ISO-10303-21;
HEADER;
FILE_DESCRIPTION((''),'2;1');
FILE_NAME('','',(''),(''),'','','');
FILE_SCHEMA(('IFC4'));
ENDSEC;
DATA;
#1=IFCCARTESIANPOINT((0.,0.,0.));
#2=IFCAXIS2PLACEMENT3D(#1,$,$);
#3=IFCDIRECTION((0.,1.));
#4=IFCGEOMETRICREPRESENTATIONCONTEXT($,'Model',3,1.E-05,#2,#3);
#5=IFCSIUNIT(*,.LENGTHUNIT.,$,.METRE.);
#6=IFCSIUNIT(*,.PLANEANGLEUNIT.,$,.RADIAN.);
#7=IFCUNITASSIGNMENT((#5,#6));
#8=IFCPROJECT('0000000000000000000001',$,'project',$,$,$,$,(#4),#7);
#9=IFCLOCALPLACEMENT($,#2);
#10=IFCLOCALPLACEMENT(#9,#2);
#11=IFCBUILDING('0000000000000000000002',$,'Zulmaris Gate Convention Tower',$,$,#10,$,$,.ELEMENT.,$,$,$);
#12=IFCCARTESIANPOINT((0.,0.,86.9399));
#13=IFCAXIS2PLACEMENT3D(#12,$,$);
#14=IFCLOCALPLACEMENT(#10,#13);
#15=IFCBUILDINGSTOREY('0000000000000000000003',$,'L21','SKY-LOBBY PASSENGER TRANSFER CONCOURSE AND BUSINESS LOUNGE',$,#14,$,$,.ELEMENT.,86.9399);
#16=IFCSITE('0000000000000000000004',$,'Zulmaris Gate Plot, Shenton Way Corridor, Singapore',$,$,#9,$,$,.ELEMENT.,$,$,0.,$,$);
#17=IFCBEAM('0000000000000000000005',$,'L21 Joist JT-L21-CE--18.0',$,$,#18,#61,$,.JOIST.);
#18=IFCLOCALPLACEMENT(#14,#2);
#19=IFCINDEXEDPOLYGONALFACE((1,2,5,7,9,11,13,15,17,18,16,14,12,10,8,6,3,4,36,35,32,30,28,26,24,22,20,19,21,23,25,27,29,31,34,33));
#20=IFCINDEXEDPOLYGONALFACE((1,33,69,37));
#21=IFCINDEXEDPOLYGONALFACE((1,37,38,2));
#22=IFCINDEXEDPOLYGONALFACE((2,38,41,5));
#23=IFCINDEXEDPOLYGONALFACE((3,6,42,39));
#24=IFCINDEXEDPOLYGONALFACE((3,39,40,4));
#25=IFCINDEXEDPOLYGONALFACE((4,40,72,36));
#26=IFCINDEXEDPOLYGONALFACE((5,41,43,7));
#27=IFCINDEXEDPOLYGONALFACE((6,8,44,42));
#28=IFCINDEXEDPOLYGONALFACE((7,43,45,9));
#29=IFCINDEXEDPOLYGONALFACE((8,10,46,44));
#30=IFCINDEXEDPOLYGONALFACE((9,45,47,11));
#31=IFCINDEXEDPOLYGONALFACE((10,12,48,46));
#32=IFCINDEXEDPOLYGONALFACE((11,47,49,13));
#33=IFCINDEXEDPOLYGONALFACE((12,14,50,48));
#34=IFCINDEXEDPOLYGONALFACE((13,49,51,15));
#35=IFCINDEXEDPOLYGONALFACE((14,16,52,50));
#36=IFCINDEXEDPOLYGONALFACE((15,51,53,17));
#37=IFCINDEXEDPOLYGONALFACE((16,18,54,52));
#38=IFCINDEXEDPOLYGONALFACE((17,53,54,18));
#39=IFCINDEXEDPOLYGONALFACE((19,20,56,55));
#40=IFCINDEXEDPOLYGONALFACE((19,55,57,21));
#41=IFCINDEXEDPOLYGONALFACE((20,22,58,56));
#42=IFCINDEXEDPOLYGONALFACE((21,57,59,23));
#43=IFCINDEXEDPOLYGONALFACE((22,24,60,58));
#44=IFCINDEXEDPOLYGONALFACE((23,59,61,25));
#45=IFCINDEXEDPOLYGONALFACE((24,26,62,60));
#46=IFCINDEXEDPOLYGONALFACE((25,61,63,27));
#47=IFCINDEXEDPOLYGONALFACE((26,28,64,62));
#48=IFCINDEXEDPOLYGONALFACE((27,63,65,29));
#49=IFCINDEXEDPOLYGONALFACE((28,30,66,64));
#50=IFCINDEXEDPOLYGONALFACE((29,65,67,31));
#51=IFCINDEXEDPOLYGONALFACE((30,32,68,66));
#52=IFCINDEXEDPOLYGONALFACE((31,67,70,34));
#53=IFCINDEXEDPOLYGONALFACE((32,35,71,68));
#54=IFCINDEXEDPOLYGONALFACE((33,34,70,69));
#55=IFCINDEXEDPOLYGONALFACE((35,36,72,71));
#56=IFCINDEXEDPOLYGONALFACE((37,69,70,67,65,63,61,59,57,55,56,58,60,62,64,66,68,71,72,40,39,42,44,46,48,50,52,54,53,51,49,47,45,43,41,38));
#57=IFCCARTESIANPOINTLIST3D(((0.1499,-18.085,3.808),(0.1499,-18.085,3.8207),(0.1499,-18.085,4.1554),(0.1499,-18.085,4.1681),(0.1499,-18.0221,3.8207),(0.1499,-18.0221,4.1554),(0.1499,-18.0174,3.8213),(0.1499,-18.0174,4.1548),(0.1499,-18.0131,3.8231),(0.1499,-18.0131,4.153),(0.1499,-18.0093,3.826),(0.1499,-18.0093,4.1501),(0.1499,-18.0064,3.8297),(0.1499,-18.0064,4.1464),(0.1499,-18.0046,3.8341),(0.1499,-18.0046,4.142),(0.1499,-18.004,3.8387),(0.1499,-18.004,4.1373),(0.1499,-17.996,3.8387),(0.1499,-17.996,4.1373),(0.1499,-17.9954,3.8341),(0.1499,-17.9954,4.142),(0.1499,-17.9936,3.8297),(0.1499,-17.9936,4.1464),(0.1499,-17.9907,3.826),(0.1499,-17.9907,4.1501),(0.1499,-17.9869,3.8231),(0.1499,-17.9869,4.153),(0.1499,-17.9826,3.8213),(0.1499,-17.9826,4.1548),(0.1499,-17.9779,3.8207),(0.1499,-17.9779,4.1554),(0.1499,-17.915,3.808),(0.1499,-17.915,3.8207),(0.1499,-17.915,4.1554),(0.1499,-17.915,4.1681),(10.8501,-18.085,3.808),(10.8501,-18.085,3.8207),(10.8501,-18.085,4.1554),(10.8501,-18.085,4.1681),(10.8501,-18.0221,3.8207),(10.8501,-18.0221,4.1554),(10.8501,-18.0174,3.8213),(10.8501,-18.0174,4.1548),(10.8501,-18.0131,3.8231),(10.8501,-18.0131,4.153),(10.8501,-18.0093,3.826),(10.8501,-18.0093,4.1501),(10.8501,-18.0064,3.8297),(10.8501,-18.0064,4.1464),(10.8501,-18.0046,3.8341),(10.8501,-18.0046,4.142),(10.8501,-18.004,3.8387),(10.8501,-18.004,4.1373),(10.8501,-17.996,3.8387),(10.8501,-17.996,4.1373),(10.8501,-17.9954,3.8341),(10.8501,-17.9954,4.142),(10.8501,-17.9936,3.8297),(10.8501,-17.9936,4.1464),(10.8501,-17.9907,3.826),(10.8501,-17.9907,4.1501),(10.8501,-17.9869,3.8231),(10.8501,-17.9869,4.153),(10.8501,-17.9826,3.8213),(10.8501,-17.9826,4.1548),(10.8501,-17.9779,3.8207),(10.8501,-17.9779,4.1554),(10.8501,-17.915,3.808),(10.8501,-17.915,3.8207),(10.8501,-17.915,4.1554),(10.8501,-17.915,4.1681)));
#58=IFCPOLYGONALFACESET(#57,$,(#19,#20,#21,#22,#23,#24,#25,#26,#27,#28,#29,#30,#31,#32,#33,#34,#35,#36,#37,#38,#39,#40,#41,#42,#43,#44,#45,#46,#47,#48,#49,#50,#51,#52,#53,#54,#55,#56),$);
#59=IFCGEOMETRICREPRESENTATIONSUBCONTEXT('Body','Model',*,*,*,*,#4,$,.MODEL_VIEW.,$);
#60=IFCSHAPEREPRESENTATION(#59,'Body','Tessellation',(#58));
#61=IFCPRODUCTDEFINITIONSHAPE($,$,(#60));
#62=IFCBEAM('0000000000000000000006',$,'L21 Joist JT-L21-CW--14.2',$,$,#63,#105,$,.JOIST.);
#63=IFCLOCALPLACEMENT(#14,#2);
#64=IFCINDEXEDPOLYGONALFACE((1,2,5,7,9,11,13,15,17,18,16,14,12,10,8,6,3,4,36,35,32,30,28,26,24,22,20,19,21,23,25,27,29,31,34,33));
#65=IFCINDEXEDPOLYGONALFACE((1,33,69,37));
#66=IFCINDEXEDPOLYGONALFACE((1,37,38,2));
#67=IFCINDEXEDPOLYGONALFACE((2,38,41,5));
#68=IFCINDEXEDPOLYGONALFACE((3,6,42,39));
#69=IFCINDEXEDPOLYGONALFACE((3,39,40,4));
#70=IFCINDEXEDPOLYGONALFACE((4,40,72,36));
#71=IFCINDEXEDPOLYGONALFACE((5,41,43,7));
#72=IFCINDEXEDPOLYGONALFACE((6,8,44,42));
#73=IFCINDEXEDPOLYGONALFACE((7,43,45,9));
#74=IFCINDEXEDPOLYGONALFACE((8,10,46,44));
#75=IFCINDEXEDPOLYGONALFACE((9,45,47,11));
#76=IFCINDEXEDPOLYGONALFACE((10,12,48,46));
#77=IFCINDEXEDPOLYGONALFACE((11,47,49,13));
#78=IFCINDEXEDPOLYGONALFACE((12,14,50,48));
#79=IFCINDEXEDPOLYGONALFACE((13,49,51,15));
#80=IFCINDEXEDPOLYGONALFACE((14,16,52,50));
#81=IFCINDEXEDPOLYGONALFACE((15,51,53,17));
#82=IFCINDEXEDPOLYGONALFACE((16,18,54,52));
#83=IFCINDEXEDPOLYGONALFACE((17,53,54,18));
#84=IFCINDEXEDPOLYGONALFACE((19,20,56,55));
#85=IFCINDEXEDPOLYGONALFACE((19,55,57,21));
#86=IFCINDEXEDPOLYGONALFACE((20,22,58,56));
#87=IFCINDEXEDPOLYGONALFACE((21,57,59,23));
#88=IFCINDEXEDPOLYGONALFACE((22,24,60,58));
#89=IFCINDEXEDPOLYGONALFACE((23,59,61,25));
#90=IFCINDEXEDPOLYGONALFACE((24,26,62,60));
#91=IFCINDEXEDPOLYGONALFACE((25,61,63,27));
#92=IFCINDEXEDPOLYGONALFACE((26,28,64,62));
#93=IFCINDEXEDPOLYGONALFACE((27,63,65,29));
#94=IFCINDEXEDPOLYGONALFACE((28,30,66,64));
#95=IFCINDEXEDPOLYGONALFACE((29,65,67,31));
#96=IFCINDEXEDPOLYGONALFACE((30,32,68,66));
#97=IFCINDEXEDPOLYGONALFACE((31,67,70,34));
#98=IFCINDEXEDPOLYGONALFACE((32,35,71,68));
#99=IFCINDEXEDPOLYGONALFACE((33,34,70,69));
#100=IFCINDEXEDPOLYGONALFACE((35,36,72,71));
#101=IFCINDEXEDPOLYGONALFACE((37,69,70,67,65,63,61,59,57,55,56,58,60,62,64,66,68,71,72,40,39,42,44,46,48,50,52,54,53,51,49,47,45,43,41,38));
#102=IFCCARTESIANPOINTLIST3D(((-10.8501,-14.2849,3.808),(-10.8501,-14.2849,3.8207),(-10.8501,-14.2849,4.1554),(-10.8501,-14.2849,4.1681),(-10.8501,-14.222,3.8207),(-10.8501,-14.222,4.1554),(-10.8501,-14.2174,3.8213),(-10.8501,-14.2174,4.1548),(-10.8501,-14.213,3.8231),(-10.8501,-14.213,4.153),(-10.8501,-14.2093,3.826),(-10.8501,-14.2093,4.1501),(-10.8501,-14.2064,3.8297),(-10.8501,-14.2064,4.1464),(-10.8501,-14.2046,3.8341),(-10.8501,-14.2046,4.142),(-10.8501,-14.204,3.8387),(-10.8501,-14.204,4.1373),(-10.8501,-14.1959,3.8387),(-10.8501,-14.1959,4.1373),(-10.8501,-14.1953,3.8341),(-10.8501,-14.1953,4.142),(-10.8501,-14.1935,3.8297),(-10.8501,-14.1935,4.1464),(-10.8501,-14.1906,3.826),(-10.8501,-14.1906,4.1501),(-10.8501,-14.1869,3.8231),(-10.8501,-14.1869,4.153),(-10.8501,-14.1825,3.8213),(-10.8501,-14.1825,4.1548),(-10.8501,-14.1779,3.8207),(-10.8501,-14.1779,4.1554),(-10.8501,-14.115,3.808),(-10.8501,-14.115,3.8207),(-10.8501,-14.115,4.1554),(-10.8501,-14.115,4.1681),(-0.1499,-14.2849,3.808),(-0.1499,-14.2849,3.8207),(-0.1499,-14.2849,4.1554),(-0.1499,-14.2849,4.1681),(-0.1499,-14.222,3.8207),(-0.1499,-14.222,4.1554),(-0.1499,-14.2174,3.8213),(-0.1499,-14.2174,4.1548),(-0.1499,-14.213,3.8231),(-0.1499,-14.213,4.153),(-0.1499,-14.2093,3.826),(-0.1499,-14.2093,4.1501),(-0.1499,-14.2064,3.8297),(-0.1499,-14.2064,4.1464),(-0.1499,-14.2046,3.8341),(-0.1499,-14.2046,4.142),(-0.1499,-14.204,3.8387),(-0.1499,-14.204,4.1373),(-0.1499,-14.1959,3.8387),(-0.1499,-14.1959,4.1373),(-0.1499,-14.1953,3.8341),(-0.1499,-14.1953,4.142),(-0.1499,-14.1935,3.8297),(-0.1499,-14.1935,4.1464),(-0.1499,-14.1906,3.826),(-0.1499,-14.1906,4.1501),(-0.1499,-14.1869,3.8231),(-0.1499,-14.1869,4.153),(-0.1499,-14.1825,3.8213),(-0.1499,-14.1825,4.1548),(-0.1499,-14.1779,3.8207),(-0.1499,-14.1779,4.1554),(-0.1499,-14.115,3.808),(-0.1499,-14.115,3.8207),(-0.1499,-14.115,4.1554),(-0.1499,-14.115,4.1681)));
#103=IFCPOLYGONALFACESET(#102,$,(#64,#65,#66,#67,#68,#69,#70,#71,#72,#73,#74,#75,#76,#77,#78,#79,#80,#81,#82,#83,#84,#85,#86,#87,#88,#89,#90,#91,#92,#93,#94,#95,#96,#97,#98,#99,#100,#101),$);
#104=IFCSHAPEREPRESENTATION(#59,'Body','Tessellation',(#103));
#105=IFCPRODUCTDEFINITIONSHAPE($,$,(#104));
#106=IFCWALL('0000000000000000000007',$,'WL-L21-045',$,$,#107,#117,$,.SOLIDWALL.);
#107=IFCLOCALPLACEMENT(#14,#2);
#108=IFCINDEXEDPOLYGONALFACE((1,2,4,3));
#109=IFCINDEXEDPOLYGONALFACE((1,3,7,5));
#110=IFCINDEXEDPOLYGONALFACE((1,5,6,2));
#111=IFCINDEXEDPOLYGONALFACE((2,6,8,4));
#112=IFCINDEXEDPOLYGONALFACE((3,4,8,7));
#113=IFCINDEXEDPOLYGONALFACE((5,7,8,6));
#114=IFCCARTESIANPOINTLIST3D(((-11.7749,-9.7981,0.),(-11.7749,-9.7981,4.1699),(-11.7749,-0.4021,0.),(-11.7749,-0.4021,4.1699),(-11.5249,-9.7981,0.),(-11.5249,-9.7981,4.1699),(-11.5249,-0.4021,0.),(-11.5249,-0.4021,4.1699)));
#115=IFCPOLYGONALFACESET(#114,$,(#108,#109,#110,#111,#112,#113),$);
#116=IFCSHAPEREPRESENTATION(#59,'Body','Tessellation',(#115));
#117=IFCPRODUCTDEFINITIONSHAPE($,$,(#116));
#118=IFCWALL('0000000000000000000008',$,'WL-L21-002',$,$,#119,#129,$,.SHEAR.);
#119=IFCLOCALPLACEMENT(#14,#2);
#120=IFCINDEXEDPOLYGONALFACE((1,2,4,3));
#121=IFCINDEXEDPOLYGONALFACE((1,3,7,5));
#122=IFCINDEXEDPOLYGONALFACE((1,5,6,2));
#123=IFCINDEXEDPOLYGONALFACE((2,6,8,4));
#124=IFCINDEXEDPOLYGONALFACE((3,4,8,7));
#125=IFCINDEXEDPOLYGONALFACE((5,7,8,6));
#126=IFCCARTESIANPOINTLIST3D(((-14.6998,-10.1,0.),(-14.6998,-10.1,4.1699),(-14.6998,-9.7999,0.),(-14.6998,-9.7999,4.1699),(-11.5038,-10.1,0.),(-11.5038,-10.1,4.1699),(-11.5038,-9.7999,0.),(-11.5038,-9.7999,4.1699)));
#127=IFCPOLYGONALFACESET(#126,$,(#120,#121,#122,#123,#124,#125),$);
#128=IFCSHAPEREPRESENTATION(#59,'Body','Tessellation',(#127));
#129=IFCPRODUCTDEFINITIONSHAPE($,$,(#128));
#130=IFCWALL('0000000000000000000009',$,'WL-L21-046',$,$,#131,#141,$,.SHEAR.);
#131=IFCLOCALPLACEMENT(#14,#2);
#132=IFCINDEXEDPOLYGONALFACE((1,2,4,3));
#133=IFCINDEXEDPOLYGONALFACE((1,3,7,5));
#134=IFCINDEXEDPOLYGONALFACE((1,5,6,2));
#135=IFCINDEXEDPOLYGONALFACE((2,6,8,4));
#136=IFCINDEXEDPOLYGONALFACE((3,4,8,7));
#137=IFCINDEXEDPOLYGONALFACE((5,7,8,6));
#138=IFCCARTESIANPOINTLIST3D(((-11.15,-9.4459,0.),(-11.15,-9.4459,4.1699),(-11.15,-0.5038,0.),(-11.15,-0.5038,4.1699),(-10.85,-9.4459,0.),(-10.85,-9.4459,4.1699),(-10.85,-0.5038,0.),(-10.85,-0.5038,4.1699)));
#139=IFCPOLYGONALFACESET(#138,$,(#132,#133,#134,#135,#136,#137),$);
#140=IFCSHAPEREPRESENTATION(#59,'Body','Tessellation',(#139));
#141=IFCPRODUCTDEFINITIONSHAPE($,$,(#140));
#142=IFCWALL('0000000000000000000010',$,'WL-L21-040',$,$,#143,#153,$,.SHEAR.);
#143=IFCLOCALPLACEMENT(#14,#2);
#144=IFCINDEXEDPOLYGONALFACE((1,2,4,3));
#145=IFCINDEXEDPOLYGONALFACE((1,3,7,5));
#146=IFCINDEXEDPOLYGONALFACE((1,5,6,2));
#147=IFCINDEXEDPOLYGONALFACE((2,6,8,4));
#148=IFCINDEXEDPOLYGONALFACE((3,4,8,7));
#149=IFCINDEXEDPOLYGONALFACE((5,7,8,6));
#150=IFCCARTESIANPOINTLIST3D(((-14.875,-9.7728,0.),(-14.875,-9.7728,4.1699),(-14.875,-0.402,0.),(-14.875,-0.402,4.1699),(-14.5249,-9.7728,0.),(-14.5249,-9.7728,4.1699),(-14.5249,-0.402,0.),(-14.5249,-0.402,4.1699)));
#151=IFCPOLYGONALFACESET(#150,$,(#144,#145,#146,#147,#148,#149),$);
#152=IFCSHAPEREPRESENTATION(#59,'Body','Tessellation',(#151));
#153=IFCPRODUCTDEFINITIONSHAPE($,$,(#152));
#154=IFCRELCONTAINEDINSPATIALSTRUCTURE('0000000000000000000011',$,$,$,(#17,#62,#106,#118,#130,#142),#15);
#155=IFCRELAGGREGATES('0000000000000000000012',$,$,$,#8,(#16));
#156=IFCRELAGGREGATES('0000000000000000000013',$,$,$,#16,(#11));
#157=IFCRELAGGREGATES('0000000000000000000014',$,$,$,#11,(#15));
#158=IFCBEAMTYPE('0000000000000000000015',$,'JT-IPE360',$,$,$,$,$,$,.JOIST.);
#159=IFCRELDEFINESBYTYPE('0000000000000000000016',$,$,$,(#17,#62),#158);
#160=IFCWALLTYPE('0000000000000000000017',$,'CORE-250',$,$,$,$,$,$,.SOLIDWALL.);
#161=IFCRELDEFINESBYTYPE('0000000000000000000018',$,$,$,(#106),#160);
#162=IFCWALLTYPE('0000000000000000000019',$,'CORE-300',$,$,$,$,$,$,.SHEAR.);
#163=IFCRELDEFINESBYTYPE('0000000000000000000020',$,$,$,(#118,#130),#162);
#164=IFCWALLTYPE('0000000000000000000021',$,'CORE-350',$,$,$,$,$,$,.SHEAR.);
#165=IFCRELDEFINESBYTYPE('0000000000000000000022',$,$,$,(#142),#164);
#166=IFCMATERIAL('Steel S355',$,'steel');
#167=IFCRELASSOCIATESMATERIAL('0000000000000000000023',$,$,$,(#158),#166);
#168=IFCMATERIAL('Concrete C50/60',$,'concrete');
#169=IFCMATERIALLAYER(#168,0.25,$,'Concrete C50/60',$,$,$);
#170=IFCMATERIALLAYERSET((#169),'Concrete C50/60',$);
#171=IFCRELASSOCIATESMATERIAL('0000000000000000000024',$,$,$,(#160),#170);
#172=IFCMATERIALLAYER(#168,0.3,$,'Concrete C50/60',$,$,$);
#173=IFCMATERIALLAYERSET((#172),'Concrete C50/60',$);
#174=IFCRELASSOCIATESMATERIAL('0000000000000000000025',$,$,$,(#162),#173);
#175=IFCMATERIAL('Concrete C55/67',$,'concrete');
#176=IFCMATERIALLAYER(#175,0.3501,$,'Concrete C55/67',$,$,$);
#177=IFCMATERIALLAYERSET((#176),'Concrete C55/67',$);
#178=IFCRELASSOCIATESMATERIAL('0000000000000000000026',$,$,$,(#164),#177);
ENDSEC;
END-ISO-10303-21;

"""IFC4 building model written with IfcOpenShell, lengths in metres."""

from ifc_helpers import new_model, si_unit, direction, frame, frame_2d, origin, origin_2d, place, context, subcontext, project, spatial, rectangle, i_section, extrude, material, layer, layer_set, material_profile, profile_set, type_object, element, save


model = new_model("IFC4")

# Units and contexts
model_context = context("Model", 3, precision=1e-05, world=origin(), true_north=direction((0.0, 1.0)))
body_context = subcontext(model_context, "Body", "Model", "MODEL_VIEW")
ifc_project = project(units=[si_unit("LENGTHUNIT", "METRE"), si_unit("PLANEANGLEUNIT", "RADIAN")], contexts=[model_context])

# Site, building, storey
site_placement = place(None, origin())
site = spatial("IfcSite", under=ifc_project, at=site_placement, Name="Zulmaris Gate Plot, Shenton Way Corridor, Singapore", CompositionType="ELEMENT", RefElevation=0.0)
building_placement = place(site_placement, origin())
building = spatial("IfcBuilding", under=site, at=building_placement, Name="Zulmaris Gate Convention Tower", CompositionType="ELEMENT")
storey_placement = place(building_placement, frame((0.0, 0.0, 86.9399)))
storey = spatial("IfcBuildingStorey", under=building, at=storey_placement, Name="L21", Description="SKY-LOBBY PASSENGER TRANSFER CONCOURSE AND BUSINESS LOUNGE", CompositionType="ELEMENT", Elevation=86.9399)

# Beams
ifc_material_1 = material(Name="Steel S355", Category="steel")
ifc_material_profile_1 = material_profile(ifc_material_1, i_section(OverallWidth=0.1699, OverallDepth=0.3601, WebThickness=0.0081, FlangeThickness=0.0127, FilletRadius=0.0181, at=origin_2d()), Name="IPE 360")
ifc_profile_set_1 = profile_set([ifc_material_profile_1], Name="Steel S355")
beam_type_1 = type_object("IfcBeamType", Name="JT-IPE360", PredefinedType="JOIST", material=ifc_profile_set_1)
for number, where, z_axis, x_axis, name in (
    (1, (0.1499, -18.0, 3.988), (1.0, 0.0, 0.0), (0.0, 1.0, 0.0), "L21 Joist JT-L21-CE--18.0"),
    (2, (-10.8501, -14.2, 3.988), (1.0, 0.0, 0.0), (0.0, 1.0, 0.0), "L21 Joist JT-L21-CW--14.2"),
):
    element("IfcBeam", number, at=place(storey_placement, frame(where, z_axis=z_axis, x_axis=x_axis)), inside=storey, type_object=beam_type_1, Name=name, PredefinedType="JOIST", context=body_context, shape_type="SweptSolid", body=[
        extrude(i_section(OverallWidth=0.1699, OverallDepth=0.3601, WebThickness=0.0081, FlangeThickness=0.0127, FilletRadius=0.0181, at=origin_2d()), origin(), (0.0, 0.0, 1.0), 10.7002),
    ])

# Walls
ifc_material_2 = material(Name="Concrete C50/60", Category="concrete")
ifc_layer_1 = layer(ifc_material_2, 0.25, Name="Concrete C50/60")
ifc_layer_set_1 = layer_set([ifc_layer_1], Name="Concrete C50/60")
wall_type_1 = type_object("IfcWallType", Name="CORE-250", PredefinedType="SOLIDWALL", material=ifc_layer_set_1)
wall_1_placement = place(storey_placement, frame((-11.6499, -9.7981, 0.0), z_axis=(0.0, 0.0, 1.0), x_axis=(0.0, 1.0, 0.0)))
element("IfcWall", 3, at=wall_1_placement, inside=storey, type_object=wall_type_1, Name="WL-L21-045", PredefinedType="SOLIDWALL", context=body_context, shape_type="SweptSolid", body=[
    extrude(rectangle(XDim=9.396, YDim=0.25, at=frame_2d((4.698, 0.0))), origin(), (0.0, 0.0, 1.0), 4.1699),
])
ifc_layer_2 = layer(ifc_material_2, 0.3, Name="Concrete C50/60")
ifc_layer_set_2 = layer_set([ifc_layer_2], Name="Concrete C50/60")
wall_type_2 = type_object("IfcWallType", Name="CORE-300", PredefinedType="SHEAR", material=ifc_layer_set_2)
wall_2_placement = place(storey_placement, frame((-14.7, -9.95, 0.0), z_axis=(0.0, 0.0, 1.0), x_axis=(1.0, 0.0, 0.0)))
element("IfcWall", 4, at=wall_2_placement, inside=storey, type_object=wall_type_2, Name="WL-L21-002", PredefinedType="SHEAR", context=body_context, shape_type="SweptSolid", body=[
    extrude(rectangle(XDim=3.196, YDim=0.3, at=frame_2d((1.5981, 0.0))), origin(), (0.0, 0.0, 1.0), 4.1699),
])
wall_3_placement = place(storey_placement, frame((-11.0, -9.446, 0.0), z_axis=(0.0, 0.0, 1.0), x_axis=(0.0, 1.0, 0.0)))
element("IfcWall", 5, at=wall_3_placement, inside=storey, type_object=wall_type_2, Name="WL-L21-046", PredefinedType="SHEAR", context=body_context, shape_type="SweptSolid", body=[
    extrude(rectangle(XDim=8.9421, YDim=0.3, at=frame_2d((4.4712, 0.0))), origin(), (0.0, 0.0, 1.0), 4.1699),
])
ifc_material_3 = material(Name="Concrete C55/67", Category="concrete")
ifc_layer_3 = layer(ifc_material_3, 0.3501, Name="Concrete C55/67")
ifc_layer_set_3 = layer_set([ifc_layer_3], Name="Concrete C55/67")
wall_type_3 = type_object("IfcWallType", Name="CORE-350", PredefinedType="SHEAR", material=ifc_layer_set_3)
wall_4_placement = place(storey_placement, frame((-14.7, -9.7729, 0.0), z_axis=(0.0, 0.0, 1.0), x_axis=(0.0, 1.0, 0.0)))
element("IfcWall", 6, at=wall_4_placement, inside=storey, type_object=wall_type_3, Name="WL-L21-040", PredefinedType="SHEAR", context=body_context, shape_type="SweptSolid", body=[
    extrude(rectangle(XDim=9.3708, YDim=0.3501, at=frame_2d((4.6855, 0.0))), origin(), (0.0, 0.0, 1.0), 4.1699),
])

save(model, "model.ifc")
